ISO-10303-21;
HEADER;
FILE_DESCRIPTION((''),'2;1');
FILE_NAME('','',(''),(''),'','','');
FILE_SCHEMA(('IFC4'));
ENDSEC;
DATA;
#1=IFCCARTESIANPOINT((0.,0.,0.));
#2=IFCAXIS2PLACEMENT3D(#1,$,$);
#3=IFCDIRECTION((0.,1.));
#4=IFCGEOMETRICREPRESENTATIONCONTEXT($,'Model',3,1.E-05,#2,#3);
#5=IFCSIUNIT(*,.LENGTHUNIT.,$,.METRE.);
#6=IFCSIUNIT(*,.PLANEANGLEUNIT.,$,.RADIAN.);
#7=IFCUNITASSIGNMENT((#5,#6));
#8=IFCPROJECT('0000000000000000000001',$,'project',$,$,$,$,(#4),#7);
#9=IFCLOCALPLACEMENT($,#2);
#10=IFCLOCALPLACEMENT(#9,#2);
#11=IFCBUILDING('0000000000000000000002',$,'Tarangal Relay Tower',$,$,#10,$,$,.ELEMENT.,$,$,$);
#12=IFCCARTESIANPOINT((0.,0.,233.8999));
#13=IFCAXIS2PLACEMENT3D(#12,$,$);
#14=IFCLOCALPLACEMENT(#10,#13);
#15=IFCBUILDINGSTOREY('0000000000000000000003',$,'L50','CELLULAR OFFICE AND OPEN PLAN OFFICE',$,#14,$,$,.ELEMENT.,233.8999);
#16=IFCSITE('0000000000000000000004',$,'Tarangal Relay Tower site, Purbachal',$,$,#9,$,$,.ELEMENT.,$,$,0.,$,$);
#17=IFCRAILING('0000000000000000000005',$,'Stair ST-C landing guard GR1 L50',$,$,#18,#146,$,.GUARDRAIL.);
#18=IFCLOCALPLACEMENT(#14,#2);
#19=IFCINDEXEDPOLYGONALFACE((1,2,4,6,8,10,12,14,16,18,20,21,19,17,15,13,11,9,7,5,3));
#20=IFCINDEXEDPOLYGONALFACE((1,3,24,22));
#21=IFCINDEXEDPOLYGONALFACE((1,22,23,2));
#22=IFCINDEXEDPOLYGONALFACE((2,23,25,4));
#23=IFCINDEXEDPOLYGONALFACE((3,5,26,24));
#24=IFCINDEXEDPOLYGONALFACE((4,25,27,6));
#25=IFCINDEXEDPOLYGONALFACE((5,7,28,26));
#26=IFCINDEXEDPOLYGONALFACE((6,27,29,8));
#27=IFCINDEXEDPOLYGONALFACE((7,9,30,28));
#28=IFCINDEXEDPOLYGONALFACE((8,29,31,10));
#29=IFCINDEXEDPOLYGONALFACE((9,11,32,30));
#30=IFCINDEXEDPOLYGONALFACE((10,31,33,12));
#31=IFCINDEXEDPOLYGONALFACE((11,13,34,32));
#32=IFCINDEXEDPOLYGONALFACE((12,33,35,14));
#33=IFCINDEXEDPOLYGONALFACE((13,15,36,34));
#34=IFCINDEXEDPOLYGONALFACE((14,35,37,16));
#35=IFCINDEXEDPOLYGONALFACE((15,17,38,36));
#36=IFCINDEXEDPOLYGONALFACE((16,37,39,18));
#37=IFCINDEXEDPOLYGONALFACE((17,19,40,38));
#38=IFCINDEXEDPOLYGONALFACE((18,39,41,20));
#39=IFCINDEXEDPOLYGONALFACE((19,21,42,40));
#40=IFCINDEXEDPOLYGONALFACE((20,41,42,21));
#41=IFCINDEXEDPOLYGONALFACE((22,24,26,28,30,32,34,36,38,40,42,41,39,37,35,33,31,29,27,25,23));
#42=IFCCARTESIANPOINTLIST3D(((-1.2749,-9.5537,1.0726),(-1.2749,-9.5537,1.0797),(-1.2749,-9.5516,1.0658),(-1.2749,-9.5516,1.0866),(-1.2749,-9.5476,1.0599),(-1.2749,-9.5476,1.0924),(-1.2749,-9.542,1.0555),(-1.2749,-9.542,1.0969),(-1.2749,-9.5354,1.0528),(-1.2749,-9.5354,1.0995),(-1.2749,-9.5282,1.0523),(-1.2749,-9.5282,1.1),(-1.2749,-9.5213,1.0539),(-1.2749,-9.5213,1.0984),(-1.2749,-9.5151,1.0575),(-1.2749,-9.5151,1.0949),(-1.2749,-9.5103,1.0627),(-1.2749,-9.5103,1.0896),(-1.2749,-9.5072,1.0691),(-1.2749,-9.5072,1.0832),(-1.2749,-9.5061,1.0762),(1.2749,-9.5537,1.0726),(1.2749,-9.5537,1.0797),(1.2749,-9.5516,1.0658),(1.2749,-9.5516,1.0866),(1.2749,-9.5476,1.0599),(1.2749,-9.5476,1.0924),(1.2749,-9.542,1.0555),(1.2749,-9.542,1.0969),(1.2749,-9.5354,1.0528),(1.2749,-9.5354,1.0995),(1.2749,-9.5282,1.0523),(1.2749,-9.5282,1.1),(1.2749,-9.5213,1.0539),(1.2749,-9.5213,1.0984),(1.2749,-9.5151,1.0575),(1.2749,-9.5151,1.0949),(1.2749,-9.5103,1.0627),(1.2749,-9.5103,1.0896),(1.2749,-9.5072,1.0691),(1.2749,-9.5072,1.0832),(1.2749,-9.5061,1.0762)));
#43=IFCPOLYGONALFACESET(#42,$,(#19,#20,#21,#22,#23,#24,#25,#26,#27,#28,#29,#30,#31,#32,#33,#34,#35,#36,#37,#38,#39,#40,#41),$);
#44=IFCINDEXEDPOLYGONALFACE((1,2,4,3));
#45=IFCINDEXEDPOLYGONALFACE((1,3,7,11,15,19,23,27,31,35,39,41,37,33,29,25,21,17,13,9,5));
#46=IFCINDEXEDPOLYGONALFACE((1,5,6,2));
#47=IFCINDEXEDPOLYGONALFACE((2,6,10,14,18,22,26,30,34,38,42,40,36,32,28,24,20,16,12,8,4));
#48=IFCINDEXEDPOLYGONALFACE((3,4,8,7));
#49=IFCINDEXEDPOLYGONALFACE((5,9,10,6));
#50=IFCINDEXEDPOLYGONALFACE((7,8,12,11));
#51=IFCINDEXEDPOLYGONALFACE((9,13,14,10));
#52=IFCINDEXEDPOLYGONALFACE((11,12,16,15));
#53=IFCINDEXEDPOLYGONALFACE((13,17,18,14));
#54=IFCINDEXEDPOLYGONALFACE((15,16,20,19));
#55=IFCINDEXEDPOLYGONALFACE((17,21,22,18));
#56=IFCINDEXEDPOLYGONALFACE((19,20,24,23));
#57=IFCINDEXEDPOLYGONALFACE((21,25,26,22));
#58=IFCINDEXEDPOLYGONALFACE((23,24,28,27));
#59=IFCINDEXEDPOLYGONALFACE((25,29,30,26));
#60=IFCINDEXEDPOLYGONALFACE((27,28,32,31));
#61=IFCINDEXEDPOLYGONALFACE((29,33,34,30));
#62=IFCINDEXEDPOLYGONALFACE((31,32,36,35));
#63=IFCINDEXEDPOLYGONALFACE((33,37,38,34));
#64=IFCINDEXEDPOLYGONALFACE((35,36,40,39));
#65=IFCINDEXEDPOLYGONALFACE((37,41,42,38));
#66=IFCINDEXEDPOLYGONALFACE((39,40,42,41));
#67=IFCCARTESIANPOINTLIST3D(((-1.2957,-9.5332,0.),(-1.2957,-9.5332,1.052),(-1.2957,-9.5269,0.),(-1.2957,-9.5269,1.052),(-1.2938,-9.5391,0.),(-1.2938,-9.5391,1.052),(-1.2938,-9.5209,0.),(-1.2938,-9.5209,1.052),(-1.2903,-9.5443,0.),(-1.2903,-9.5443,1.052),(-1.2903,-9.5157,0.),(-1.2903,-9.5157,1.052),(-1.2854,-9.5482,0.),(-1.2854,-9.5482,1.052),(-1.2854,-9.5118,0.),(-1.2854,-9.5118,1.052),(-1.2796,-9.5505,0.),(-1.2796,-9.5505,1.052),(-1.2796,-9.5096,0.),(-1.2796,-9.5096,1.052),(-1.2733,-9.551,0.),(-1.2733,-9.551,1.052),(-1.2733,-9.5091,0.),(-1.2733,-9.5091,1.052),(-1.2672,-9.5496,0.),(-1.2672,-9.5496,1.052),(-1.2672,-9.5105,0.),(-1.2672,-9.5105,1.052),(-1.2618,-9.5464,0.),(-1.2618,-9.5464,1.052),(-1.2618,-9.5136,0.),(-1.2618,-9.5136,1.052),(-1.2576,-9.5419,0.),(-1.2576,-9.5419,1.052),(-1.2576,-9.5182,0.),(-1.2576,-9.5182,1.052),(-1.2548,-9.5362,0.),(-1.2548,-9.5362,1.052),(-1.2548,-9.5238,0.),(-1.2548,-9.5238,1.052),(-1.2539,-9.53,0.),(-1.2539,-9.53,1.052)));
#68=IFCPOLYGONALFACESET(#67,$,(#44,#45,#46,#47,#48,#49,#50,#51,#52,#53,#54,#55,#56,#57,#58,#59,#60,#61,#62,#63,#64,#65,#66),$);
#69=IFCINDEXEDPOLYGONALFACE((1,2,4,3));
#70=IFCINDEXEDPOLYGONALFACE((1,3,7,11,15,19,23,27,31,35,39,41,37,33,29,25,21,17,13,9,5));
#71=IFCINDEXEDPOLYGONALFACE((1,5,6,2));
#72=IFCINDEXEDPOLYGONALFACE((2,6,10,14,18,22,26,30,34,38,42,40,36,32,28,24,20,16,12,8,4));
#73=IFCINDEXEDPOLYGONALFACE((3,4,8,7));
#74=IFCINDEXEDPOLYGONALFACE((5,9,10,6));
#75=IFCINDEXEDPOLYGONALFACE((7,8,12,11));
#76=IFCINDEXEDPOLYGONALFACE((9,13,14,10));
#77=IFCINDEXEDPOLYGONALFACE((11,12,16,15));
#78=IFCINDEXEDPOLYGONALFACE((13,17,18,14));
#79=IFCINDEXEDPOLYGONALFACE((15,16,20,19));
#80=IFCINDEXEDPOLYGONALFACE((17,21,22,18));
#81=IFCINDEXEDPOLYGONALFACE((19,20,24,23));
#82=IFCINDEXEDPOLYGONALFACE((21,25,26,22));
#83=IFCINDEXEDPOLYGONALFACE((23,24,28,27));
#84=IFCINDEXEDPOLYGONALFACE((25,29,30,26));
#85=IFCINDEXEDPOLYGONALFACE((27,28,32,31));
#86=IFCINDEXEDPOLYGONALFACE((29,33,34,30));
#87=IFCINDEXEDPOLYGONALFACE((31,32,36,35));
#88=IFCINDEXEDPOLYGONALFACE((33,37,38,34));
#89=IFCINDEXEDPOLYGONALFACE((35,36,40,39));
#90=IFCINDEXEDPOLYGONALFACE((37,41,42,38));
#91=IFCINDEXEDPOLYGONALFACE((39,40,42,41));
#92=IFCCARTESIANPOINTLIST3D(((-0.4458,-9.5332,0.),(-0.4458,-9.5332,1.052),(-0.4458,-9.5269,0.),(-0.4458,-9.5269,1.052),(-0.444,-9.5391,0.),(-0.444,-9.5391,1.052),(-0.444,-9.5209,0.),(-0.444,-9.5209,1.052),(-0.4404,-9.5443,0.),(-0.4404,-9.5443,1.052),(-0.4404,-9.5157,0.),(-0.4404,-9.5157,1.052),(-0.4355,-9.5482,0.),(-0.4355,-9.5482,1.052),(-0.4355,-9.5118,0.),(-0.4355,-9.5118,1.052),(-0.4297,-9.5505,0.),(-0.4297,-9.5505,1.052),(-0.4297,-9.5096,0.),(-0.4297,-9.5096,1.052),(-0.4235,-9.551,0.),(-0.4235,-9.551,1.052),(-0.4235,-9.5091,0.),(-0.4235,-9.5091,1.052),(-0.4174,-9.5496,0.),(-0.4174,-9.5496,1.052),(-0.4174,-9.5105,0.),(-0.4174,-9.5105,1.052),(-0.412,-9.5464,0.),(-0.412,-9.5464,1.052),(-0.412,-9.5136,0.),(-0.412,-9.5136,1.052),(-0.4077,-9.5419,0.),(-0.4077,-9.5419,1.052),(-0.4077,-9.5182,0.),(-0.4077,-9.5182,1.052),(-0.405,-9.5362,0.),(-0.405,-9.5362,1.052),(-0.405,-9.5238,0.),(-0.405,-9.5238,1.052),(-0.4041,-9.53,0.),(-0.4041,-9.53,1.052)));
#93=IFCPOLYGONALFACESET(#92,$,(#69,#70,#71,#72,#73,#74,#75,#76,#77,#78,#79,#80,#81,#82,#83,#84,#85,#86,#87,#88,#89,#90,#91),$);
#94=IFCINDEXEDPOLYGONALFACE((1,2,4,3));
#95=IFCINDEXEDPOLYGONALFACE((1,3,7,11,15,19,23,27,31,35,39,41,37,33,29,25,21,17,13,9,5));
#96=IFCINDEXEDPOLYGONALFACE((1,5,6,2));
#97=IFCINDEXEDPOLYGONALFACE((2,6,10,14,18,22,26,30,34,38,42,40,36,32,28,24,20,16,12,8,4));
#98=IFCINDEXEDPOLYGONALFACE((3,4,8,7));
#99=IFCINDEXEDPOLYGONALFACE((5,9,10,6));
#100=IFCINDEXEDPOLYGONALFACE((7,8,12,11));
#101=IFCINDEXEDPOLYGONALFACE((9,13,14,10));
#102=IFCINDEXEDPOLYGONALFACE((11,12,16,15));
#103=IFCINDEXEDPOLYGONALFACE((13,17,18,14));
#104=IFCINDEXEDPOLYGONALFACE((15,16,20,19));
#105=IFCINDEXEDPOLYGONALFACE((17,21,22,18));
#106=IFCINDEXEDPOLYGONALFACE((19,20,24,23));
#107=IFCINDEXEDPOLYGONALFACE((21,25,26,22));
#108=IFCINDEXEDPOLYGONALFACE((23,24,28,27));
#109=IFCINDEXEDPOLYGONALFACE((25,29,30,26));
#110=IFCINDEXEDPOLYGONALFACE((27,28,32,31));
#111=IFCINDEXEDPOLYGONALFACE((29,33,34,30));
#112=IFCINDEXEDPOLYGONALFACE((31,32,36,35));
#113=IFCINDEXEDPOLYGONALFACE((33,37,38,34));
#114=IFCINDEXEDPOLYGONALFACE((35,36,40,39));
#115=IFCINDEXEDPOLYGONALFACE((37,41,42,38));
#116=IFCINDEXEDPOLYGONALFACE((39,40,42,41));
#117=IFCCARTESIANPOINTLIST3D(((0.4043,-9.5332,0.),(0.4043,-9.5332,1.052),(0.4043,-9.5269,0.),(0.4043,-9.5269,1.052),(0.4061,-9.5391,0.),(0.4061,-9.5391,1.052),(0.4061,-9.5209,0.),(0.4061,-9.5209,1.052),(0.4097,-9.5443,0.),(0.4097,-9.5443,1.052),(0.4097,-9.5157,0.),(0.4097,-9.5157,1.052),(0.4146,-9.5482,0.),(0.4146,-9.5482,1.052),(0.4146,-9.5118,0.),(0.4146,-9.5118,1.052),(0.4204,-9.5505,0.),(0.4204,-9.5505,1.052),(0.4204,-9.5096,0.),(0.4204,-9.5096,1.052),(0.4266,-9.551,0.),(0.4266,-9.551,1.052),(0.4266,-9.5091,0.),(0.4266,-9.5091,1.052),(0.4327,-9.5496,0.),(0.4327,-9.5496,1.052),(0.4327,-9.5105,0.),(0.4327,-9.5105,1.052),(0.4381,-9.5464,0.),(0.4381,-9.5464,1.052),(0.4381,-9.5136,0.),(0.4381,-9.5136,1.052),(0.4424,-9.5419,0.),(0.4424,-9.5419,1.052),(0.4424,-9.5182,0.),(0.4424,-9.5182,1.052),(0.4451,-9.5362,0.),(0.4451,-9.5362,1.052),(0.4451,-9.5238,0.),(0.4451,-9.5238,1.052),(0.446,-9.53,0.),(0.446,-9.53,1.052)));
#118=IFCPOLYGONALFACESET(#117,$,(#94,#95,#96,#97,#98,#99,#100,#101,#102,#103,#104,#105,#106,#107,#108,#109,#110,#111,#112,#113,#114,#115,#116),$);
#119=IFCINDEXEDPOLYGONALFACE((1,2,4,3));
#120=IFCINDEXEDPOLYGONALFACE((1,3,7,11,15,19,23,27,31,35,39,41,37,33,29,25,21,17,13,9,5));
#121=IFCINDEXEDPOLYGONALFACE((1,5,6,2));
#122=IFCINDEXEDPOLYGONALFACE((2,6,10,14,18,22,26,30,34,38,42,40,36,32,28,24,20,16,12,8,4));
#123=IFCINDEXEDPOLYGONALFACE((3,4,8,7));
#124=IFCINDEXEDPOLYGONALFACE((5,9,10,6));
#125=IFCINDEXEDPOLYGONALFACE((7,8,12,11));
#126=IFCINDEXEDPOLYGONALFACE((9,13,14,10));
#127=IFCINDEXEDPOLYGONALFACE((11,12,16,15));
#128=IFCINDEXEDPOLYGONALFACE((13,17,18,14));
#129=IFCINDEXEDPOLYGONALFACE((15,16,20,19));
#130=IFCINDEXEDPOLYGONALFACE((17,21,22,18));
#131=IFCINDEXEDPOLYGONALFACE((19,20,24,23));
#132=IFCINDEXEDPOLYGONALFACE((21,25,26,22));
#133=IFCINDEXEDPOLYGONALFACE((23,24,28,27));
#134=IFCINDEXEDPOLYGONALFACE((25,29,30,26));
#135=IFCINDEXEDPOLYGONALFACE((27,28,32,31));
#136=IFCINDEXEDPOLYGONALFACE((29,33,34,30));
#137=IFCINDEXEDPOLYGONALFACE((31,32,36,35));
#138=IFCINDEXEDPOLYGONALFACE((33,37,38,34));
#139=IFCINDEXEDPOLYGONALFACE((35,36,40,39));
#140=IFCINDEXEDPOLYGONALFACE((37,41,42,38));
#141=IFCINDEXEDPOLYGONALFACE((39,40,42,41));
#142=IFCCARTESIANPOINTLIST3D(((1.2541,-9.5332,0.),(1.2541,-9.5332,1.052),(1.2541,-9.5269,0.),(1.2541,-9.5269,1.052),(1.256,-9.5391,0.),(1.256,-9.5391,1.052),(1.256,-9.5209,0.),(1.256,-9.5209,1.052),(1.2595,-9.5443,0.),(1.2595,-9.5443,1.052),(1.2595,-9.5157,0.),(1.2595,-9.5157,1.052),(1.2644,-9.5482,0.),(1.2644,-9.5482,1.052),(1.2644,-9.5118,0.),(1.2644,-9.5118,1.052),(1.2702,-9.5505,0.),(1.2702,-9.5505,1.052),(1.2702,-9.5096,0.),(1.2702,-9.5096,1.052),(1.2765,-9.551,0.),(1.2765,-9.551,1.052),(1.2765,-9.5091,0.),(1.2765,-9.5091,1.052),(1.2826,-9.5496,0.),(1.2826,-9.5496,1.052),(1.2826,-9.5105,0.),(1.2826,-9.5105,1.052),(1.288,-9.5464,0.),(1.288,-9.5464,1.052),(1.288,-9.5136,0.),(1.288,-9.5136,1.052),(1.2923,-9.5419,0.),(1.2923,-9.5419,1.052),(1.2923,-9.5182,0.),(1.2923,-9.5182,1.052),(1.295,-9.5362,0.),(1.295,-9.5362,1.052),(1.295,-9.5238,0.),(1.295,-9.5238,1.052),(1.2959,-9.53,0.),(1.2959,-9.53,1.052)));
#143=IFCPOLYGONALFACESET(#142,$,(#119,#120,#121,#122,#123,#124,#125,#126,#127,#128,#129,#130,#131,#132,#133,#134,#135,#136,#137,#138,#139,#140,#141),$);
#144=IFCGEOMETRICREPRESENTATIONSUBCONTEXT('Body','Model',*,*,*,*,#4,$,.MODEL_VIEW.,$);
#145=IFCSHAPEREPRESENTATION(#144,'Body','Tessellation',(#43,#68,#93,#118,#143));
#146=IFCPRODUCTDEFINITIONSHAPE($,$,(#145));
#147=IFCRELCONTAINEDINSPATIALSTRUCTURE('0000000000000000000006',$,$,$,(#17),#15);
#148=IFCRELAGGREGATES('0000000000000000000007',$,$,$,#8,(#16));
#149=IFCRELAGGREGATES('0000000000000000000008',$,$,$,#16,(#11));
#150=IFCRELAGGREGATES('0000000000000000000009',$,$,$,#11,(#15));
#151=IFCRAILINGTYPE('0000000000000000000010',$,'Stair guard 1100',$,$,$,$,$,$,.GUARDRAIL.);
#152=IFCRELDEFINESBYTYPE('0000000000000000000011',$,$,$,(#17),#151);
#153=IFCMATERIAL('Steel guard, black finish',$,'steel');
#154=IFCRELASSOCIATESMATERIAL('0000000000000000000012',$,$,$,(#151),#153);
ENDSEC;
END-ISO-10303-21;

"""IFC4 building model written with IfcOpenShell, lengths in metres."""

from ifc_helpers import new_model, si_unit, direction, frame, origin, origin_2d, place, context, subcontext, project, spatial, circle, extrude, material, type_object, element, save


model = new_model("IFC4")

# Units and contexts
model_context = context("Model", 3, precision=1e-05, world=origin(), true_north=direction((0.0, 1.0)))
body_context = subcontext(model_context, "Body", "Model", "MODEL_VIEW")
ifc_project = project(units=[si_unit("LENGTHUNIT", "METRE"), si_unit("PLANEANGLEUNIT", "RADIAN")], contexts=[model_context])

# Site, building, storey
site_placement = place(None, origin())
site = spatial("IfcSite", under=ifc_project, at=site_placement, Name="Tarangal Relay Tower site, Purbachal", CompositionType="ELEMENT", RefElevation=0.0)
building_placement = place(site_placement, origin())
building = spatial("IfcBuilding", under=site, at=building_placement, Name="Tarangal Relay Tower", CompositionType="ELEMENT")
storey_placement = place(building_placement, frame((0.0, 0.0, 233.8999)))
storey = spatial("IfcBuildingStorey", under=building, at=storey_placement, Name="L50", Description="CELLULAR OFFICE AND OPEN PLAN OFFICE", CompositionType="ELEMENT", Elevation=233.8999)

# Railing
ifc_material_1 = material(Name="Steel guard, black finish", Category="steel")
railing_type_1 = type_object("IfcRailingType", Name="Stair guard 1100", PredefinedType="GUARDRAIL", material=ifc_material_1)
railing_1_placement = place(storey_placement, frame((-1.2749, -9.53, 0.0)))
element("IfcRailing", 1, at=railing_1_placement, inside=storey, type_object=railing_type_1, Name="Stair ST-C landing guard GR1 L50", PredefinedType="GUARDRAIL", context=body_context, shape_type="SweptSolid", body=[
    extrude(circle(Radius=0.0239, at=origin_2d()), frame((0.0, 0.0, 1.0762), z_axis=(1.0, 0.0, 0.0), x_axis=(0.0, 1.0, 0.0)), (0.0, 0.0, 1.0), 2.5498),
    extrude(circle(Radius=0.021, at=origin_2d()), origin(), (0.0, 0.0, 1.0), 1.052),
    extrude(circle(Radius=0.021, at=origin_2d()), frame((0.8499, 0.0, 0.0)), (0.0, 0.0, 1.0), 1.052),
    extrude(circle(Radius=0.021, at=origin_2d()), frame((1.7, 0.0, 0.0)), (0.0, 0.0, 1.0), 1.052),
    extrude(circle(Radius=0.021, at=origin_2d()), frame((2.5498, 0.0, 0.0)), (0.0, 0.0, 1.0), 1.052),
])

save(model, "model.ifc")
